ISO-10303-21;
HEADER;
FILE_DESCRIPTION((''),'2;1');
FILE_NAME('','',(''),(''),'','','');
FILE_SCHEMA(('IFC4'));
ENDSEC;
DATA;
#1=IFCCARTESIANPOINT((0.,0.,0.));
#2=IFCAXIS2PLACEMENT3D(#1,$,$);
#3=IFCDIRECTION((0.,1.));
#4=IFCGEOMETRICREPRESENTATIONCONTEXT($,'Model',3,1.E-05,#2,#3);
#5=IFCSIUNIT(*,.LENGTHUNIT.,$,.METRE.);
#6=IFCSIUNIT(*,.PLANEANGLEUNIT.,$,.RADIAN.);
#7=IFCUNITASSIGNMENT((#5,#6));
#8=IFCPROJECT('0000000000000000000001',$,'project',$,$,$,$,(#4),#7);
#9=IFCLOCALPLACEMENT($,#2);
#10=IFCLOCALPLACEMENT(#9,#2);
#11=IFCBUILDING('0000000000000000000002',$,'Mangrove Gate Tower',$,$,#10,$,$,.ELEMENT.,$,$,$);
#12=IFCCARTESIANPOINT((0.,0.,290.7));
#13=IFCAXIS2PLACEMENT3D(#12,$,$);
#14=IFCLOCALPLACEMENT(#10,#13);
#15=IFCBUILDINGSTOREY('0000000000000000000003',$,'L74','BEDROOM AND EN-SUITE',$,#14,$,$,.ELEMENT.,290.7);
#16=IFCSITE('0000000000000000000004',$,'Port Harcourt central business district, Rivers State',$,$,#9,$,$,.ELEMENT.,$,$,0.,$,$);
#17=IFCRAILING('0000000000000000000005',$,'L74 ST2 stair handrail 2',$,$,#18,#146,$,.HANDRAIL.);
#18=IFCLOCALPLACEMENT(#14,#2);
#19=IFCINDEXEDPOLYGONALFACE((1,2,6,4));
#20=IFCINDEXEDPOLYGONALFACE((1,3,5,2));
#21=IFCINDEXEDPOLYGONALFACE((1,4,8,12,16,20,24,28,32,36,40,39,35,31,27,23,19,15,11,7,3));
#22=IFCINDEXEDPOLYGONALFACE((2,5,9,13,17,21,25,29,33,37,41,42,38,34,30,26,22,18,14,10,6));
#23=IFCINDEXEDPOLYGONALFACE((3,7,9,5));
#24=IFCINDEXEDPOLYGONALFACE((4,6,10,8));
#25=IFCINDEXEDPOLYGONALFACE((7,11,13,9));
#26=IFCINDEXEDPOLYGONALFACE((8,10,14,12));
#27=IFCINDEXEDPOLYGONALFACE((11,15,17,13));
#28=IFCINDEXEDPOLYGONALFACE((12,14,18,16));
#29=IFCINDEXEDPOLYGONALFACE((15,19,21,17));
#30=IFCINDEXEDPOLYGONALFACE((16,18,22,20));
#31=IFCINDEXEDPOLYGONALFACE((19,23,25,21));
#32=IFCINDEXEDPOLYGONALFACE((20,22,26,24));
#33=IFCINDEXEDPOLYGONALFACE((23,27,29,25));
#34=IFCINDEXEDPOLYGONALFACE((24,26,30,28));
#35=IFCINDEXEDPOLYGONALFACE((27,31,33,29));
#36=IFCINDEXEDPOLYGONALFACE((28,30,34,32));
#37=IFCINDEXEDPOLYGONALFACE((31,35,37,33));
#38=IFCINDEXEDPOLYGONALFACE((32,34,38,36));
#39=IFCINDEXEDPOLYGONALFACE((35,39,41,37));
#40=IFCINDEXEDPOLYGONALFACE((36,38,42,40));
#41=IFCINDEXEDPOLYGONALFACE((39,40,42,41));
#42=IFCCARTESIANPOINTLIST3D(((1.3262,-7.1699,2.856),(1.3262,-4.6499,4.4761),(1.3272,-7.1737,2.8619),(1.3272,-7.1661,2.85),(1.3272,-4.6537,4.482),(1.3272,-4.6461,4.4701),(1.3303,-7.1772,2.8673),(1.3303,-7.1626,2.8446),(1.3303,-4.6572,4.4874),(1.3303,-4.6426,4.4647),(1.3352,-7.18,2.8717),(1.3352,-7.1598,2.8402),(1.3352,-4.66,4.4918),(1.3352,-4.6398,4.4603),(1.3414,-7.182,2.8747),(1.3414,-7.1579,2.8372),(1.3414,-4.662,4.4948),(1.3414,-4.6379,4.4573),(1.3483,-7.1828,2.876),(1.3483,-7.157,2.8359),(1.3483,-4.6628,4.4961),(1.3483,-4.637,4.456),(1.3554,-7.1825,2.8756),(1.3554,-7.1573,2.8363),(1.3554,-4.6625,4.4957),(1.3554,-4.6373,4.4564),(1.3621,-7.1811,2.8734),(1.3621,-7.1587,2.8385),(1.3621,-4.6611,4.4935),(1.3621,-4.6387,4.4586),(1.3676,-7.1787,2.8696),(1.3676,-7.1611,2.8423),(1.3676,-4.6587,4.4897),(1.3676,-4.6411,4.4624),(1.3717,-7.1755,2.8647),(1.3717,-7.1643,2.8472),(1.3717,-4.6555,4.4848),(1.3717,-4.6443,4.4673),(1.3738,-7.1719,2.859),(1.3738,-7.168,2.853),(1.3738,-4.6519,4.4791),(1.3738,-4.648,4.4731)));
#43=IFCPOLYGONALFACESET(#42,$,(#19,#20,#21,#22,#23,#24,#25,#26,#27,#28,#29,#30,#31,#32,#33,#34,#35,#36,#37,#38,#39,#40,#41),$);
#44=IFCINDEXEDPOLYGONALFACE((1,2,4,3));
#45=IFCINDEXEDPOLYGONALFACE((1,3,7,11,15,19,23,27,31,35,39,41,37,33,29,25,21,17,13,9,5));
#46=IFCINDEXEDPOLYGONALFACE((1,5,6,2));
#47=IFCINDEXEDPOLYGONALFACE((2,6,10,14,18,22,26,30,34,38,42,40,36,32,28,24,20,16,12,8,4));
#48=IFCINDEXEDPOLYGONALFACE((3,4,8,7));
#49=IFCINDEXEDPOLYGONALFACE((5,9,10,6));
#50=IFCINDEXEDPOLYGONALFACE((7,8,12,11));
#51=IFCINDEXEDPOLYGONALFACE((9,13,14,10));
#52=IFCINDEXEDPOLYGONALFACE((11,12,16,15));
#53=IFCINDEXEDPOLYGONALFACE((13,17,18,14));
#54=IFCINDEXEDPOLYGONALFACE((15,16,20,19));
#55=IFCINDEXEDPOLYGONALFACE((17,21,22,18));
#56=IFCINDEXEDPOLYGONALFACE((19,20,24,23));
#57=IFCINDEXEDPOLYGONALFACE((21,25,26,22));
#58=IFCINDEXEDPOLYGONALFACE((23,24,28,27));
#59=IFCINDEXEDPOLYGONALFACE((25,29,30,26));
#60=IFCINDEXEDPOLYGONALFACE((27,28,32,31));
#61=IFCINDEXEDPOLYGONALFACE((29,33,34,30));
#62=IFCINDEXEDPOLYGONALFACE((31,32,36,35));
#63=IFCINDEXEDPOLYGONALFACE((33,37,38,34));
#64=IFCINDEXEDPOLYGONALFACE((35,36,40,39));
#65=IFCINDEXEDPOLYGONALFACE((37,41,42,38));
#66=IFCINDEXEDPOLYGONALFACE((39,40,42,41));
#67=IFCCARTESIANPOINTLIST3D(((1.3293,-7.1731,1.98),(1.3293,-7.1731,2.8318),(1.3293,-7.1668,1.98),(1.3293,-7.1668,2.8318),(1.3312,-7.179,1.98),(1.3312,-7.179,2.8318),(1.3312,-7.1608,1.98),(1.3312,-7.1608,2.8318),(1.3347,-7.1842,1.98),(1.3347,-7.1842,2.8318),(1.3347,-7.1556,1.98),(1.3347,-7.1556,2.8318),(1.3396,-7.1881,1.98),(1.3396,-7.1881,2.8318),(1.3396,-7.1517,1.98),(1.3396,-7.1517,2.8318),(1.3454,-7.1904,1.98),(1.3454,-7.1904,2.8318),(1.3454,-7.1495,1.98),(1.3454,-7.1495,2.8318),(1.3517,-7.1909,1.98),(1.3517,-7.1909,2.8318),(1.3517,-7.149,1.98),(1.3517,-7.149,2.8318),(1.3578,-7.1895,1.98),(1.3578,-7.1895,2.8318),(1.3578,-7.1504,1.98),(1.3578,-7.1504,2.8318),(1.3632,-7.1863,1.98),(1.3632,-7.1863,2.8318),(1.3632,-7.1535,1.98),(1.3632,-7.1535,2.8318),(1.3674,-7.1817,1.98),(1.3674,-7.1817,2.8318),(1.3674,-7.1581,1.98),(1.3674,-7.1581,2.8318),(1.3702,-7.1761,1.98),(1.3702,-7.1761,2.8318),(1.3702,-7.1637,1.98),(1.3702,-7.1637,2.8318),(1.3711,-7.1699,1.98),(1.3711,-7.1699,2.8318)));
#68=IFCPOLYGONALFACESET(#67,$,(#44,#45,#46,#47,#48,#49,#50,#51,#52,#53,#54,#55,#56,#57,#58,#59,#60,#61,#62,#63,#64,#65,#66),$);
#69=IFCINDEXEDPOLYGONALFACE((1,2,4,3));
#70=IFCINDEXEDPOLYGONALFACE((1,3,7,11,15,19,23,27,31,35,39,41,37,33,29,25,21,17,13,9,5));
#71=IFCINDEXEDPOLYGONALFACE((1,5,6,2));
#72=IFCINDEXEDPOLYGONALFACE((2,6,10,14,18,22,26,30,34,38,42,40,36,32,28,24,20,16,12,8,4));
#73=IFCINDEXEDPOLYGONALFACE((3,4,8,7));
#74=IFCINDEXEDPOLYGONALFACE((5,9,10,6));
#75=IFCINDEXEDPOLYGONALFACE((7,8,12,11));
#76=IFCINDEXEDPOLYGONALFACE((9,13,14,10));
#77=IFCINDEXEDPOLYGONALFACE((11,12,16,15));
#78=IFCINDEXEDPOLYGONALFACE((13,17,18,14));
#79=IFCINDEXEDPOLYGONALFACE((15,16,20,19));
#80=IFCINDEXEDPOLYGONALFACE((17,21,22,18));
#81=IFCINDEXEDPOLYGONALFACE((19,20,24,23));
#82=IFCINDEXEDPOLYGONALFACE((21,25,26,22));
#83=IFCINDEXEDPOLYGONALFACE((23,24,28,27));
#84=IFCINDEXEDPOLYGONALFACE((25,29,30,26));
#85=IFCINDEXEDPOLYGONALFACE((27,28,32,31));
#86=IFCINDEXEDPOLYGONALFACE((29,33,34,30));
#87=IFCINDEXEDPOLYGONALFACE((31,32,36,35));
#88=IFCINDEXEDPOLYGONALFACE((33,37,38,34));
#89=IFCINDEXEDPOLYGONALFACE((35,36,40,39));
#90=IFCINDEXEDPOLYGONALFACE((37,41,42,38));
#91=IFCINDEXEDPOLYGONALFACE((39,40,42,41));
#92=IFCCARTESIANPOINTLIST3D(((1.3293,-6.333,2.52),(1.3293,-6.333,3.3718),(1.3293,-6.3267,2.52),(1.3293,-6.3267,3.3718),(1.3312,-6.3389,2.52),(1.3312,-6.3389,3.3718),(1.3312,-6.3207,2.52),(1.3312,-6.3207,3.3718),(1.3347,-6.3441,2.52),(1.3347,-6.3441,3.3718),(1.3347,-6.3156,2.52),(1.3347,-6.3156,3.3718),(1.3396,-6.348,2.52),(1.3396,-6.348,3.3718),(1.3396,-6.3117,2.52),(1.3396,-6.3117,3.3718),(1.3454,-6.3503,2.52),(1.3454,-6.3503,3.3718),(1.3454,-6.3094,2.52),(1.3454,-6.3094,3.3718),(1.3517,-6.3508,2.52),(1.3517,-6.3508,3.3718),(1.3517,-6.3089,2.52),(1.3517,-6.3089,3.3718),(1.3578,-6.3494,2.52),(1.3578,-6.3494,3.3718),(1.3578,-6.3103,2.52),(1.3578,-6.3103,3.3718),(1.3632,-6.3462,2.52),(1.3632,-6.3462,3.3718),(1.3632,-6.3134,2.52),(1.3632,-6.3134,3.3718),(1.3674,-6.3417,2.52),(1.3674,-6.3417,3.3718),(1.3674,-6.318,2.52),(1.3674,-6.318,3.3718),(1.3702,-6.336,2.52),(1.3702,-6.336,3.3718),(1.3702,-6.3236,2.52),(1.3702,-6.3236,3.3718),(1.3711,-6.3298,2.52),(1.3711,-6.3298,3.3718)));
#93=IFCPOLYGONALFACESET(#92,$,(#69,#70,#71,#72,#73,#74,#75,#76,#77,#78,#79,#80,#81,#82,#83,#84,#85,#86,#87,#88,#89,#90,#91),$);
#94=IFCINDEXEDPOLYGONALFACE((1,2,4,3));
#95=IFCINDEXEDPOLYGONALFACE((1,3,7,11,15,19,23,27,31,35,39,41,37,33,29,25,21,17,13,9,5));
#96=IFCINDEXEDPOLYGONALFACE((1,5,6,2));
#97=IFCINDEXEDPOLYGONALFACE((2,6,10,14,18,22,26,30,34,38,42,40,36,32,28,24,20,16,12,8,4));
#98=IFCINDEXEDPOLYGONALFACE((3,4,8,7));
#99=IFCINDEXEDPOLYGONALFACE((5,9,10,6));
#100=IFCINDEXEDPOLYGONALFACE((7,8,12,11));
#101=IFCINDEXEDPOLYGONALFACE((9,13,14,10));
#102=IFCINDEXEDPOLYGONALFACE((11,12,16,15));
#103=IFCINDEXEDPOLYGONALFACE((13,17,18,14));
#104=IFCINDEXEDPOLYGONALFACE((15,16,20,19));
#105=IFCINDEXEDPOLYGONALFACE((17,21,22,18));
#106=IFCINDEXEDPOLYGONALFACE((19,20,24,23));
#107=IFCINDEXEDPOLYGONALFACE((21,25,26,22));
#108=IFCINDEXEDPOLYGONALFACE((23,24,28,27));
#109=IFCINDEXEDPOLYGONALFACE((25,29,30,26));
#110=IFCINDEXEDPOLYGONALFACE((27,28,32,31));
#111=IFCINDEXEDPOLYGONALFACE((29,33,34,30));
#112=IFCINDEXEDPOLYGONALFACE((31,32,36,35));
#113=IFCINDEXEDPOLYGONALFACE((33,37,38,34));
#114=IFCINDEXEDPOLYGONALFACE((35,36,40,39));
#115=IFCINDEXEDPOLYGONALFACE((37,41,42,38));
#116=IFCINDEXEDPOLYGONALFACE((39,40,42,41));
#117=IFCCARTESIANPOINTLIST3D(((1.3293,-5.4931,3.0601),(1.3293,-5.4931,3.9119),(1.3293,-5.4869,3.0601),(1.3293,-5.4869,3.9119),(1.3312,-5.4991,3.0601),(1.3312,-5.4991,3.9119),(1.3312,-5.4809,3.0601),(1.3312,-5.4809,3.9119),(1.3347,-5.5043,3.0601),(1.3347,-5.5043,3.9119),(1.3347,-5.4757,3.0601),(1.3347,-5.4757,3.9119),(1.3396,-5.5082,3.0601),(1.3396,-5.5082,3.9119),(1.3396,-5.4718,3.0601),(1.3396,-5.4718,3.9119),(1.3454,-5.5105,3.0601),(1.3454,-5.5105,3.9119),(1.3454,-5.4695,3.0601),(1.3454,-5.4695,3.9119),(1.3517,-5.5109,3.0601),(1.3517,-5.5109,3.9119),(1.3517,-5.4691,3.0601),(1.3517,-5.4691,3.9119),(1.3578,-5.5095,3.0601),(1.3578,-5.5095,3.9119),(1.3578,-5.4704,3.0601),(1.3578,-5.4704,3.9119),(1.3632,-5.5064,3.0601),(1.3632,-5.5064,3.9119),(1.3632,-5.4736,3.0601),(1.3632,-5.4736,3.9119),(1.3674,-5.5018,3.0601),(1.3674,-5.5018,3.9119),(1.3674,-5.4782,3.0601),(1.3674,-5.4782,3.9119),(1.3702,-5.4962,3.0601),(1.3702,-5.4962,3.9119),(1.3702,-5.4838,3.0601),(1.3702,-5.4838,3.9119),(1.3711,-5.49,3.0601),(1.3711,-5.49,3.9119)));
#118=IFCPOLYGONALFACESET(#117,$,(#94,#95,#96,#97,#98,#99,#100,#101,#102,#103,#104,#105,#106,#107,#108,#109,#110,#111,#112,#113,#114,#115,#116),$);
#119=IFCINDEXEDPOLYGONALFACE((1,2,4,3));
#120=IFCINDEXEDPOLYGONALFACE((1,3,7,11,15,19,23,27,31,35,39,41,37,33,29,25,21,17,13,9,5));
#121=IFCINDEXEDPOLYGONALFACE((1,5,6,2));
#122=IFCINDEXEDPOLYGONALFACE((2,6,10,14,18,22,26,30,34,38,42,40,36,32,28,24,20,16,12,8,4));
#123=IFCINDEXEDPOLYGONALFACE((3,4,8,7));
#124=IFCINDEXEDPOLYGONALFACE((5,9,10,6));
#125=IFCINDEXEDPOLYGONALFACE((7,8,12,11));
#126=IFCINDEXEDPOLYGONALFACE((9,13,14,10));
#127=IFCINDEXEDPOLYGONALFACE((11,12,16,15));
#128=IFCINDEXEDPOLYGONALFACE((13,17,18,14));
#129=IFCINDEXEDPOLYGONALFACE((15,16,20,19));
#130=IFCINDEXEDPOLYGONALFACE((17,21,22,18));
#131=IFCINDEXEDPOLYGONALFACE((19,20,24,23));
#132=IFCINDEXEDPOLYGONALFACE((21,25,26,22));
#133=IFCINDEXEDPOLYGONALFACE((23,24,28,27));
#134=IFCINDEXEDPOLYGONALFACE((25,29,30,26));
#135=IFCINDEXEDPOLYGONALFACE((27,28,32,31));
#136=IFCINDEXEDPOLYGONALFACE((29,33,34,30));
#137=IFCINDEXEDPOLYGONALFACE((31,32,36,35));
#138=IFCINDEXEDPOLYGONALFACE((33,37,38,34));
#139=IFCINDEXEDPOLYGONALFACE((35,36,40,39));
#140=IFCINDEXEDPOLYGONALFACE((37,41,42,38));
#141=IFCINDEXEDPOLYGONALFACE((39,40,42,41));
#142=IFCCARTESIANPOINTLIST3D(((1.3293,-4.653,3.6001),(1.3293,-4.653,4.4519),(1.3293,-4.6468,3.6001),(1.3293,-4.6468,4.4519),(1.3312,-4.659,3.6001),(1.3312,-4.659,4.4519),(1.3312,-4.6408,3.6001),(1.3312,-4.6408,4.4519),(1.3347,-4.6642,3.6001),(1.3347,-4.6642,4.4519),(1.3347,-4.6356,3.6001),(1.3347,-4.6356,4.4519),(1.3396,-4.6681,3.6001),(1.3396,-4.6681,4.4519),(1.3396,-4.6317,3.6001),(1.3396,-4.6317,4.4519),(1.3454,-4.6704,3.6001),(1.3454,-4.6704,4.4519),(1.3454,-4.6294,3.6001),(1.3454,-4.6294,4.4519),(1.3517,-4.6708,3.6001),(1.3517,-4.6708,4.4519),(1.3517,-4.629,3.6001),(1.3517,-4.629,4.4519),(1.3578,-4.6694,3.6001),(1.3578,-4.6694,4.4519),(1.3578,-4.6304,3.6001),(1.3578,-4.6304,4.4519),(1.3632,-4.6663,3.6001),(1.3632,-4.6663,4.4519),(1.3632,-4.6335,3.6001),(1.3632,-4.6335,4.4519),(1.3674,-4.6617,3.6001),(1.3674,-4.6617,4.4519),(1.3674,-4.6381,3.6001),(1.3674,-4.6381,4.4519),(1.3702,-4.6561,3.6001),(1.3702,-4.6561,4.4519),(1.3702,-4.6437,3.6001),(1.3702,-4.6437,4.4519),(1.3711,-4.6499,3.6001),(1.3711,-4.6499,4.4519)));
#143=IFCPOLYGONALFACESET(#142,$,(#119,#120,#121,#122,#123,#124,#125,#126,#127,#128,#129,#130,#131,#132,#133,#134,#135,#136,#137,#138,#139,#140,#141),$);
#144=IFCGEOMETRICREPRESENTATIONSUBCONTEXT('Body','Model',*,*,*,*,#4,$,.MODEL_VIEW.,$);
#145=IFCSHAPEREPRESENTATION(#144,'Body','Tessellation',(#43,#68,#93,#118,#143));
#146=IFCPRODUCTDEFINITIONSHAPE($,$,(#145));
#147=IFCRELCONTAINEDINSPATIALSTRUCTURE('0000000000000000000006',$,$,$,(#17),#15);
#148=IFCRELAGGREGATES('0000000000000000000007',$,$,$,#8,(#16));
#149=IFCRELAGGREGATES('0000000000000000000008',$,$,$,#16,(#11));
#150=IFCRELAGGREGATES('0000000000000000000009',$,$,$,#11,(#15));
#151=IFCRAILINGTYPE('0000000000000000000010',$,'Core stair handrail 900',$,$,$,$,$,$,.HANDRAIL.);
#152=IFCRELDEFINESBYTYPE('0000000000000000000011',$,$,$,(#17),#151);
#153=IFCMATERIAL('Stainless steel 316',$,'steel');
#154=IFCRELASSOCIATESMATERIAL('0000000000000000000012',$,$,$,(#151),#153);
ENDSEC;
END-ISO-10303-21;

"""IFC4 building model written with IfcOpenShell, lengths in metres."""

from ifc_helpers import new_model, si_unit, direction, frame, origin, origin_2d, place, context, subcontext, project, spatial, circle, extrude, material, type_object, element, save


model = new_model("IFC4")

# Units and contexts
model_context = context("Model", 3, precision=1e-05, world=origin(), true_north=direction((0.0, 1.0)))
body_context = subcontext(model_context, "Body", "Model", "MODEL_VIEW")
ifc_project = project(units=[si_unit("LENGTHUNIT", "METRE"), si_unit("PLANEANGLEUNIT", "RADIAN")], contexts=[model_context])

# Site, building, storey
site_placement = place(None, origin())
site = spatial("IfcSite", under=ifc_project, at=site_placement, Name="Port Harcourt central business district, Rivers State", CompositionType="ELEMENT", RefElevation=0.0)
building_placement = place(site_placement, origin())
building = spatial("IfcBuilding", under=site, at=building_placement, Name="Mangrove Gate Tower", CompositionType="ELEMENT")
storey_placement = place(building_placement, frame((0.0, 0.0, 290.7)))
storey = spatial("IfcBuildingStorey", under=building, at=storey_placement, Name="L74", Description="BEDROOM AND EN-SUITE", CompositionType="ELEMENT", Elevation=290.7)

# Railing
ifc_material_1 = material(Name="Stainless steel 316", Category="steel")
railing_type_1 = type_object("IfcRailingType", Name="Core stair handrail 900", PredefinedType="HANDRAIL", material=ifc_material_1)
railing_1_placement = place(storey_placement, frame((1.3501, -7.1699, 1.98)))
element("IfcRailing", 1, at=railing_1_placement, inside=storey, type_object=railing_type_1, Name="L74 ST2 stair handrail 2", PredefinedType="HANDRAIL", context=body_context, shape_type="SweptSolid", body=[
    extrude(circle(Radius=0.0239, at=origin_2d()), frame((0.0, 0.0, 0.876), z_axis=(0.0, 0.841163, 0.540782), x_axis=(-1.0, 0.0, 0.0)), (0.0, 0.0, 1.0), 2.9958),
    extrude(circle(Radius=0.021, at=origin_2d()), origin(), (0.0, 0.0, 1.0), 0.8518),
    extrude(circle(Radius=0.021, at=origin_2d()), frame((0.0, 0.8401, 0.54)), (0.0, 0.0, 1.0), 0.8518),
    extrude(circle(Radius=0.021, at=origin_2d()), frame((0.0, 1.6799, 1.0801)), (0.0, 0.0, 1.0), 0.8518),
    extrude(circle(Radius=0.021, at=origin_2d()), frame((0.0, 2.52, 1.6201)), (0.0, 0.0, 1.0), 0.8518),
])

save(model, "model.ifc")
